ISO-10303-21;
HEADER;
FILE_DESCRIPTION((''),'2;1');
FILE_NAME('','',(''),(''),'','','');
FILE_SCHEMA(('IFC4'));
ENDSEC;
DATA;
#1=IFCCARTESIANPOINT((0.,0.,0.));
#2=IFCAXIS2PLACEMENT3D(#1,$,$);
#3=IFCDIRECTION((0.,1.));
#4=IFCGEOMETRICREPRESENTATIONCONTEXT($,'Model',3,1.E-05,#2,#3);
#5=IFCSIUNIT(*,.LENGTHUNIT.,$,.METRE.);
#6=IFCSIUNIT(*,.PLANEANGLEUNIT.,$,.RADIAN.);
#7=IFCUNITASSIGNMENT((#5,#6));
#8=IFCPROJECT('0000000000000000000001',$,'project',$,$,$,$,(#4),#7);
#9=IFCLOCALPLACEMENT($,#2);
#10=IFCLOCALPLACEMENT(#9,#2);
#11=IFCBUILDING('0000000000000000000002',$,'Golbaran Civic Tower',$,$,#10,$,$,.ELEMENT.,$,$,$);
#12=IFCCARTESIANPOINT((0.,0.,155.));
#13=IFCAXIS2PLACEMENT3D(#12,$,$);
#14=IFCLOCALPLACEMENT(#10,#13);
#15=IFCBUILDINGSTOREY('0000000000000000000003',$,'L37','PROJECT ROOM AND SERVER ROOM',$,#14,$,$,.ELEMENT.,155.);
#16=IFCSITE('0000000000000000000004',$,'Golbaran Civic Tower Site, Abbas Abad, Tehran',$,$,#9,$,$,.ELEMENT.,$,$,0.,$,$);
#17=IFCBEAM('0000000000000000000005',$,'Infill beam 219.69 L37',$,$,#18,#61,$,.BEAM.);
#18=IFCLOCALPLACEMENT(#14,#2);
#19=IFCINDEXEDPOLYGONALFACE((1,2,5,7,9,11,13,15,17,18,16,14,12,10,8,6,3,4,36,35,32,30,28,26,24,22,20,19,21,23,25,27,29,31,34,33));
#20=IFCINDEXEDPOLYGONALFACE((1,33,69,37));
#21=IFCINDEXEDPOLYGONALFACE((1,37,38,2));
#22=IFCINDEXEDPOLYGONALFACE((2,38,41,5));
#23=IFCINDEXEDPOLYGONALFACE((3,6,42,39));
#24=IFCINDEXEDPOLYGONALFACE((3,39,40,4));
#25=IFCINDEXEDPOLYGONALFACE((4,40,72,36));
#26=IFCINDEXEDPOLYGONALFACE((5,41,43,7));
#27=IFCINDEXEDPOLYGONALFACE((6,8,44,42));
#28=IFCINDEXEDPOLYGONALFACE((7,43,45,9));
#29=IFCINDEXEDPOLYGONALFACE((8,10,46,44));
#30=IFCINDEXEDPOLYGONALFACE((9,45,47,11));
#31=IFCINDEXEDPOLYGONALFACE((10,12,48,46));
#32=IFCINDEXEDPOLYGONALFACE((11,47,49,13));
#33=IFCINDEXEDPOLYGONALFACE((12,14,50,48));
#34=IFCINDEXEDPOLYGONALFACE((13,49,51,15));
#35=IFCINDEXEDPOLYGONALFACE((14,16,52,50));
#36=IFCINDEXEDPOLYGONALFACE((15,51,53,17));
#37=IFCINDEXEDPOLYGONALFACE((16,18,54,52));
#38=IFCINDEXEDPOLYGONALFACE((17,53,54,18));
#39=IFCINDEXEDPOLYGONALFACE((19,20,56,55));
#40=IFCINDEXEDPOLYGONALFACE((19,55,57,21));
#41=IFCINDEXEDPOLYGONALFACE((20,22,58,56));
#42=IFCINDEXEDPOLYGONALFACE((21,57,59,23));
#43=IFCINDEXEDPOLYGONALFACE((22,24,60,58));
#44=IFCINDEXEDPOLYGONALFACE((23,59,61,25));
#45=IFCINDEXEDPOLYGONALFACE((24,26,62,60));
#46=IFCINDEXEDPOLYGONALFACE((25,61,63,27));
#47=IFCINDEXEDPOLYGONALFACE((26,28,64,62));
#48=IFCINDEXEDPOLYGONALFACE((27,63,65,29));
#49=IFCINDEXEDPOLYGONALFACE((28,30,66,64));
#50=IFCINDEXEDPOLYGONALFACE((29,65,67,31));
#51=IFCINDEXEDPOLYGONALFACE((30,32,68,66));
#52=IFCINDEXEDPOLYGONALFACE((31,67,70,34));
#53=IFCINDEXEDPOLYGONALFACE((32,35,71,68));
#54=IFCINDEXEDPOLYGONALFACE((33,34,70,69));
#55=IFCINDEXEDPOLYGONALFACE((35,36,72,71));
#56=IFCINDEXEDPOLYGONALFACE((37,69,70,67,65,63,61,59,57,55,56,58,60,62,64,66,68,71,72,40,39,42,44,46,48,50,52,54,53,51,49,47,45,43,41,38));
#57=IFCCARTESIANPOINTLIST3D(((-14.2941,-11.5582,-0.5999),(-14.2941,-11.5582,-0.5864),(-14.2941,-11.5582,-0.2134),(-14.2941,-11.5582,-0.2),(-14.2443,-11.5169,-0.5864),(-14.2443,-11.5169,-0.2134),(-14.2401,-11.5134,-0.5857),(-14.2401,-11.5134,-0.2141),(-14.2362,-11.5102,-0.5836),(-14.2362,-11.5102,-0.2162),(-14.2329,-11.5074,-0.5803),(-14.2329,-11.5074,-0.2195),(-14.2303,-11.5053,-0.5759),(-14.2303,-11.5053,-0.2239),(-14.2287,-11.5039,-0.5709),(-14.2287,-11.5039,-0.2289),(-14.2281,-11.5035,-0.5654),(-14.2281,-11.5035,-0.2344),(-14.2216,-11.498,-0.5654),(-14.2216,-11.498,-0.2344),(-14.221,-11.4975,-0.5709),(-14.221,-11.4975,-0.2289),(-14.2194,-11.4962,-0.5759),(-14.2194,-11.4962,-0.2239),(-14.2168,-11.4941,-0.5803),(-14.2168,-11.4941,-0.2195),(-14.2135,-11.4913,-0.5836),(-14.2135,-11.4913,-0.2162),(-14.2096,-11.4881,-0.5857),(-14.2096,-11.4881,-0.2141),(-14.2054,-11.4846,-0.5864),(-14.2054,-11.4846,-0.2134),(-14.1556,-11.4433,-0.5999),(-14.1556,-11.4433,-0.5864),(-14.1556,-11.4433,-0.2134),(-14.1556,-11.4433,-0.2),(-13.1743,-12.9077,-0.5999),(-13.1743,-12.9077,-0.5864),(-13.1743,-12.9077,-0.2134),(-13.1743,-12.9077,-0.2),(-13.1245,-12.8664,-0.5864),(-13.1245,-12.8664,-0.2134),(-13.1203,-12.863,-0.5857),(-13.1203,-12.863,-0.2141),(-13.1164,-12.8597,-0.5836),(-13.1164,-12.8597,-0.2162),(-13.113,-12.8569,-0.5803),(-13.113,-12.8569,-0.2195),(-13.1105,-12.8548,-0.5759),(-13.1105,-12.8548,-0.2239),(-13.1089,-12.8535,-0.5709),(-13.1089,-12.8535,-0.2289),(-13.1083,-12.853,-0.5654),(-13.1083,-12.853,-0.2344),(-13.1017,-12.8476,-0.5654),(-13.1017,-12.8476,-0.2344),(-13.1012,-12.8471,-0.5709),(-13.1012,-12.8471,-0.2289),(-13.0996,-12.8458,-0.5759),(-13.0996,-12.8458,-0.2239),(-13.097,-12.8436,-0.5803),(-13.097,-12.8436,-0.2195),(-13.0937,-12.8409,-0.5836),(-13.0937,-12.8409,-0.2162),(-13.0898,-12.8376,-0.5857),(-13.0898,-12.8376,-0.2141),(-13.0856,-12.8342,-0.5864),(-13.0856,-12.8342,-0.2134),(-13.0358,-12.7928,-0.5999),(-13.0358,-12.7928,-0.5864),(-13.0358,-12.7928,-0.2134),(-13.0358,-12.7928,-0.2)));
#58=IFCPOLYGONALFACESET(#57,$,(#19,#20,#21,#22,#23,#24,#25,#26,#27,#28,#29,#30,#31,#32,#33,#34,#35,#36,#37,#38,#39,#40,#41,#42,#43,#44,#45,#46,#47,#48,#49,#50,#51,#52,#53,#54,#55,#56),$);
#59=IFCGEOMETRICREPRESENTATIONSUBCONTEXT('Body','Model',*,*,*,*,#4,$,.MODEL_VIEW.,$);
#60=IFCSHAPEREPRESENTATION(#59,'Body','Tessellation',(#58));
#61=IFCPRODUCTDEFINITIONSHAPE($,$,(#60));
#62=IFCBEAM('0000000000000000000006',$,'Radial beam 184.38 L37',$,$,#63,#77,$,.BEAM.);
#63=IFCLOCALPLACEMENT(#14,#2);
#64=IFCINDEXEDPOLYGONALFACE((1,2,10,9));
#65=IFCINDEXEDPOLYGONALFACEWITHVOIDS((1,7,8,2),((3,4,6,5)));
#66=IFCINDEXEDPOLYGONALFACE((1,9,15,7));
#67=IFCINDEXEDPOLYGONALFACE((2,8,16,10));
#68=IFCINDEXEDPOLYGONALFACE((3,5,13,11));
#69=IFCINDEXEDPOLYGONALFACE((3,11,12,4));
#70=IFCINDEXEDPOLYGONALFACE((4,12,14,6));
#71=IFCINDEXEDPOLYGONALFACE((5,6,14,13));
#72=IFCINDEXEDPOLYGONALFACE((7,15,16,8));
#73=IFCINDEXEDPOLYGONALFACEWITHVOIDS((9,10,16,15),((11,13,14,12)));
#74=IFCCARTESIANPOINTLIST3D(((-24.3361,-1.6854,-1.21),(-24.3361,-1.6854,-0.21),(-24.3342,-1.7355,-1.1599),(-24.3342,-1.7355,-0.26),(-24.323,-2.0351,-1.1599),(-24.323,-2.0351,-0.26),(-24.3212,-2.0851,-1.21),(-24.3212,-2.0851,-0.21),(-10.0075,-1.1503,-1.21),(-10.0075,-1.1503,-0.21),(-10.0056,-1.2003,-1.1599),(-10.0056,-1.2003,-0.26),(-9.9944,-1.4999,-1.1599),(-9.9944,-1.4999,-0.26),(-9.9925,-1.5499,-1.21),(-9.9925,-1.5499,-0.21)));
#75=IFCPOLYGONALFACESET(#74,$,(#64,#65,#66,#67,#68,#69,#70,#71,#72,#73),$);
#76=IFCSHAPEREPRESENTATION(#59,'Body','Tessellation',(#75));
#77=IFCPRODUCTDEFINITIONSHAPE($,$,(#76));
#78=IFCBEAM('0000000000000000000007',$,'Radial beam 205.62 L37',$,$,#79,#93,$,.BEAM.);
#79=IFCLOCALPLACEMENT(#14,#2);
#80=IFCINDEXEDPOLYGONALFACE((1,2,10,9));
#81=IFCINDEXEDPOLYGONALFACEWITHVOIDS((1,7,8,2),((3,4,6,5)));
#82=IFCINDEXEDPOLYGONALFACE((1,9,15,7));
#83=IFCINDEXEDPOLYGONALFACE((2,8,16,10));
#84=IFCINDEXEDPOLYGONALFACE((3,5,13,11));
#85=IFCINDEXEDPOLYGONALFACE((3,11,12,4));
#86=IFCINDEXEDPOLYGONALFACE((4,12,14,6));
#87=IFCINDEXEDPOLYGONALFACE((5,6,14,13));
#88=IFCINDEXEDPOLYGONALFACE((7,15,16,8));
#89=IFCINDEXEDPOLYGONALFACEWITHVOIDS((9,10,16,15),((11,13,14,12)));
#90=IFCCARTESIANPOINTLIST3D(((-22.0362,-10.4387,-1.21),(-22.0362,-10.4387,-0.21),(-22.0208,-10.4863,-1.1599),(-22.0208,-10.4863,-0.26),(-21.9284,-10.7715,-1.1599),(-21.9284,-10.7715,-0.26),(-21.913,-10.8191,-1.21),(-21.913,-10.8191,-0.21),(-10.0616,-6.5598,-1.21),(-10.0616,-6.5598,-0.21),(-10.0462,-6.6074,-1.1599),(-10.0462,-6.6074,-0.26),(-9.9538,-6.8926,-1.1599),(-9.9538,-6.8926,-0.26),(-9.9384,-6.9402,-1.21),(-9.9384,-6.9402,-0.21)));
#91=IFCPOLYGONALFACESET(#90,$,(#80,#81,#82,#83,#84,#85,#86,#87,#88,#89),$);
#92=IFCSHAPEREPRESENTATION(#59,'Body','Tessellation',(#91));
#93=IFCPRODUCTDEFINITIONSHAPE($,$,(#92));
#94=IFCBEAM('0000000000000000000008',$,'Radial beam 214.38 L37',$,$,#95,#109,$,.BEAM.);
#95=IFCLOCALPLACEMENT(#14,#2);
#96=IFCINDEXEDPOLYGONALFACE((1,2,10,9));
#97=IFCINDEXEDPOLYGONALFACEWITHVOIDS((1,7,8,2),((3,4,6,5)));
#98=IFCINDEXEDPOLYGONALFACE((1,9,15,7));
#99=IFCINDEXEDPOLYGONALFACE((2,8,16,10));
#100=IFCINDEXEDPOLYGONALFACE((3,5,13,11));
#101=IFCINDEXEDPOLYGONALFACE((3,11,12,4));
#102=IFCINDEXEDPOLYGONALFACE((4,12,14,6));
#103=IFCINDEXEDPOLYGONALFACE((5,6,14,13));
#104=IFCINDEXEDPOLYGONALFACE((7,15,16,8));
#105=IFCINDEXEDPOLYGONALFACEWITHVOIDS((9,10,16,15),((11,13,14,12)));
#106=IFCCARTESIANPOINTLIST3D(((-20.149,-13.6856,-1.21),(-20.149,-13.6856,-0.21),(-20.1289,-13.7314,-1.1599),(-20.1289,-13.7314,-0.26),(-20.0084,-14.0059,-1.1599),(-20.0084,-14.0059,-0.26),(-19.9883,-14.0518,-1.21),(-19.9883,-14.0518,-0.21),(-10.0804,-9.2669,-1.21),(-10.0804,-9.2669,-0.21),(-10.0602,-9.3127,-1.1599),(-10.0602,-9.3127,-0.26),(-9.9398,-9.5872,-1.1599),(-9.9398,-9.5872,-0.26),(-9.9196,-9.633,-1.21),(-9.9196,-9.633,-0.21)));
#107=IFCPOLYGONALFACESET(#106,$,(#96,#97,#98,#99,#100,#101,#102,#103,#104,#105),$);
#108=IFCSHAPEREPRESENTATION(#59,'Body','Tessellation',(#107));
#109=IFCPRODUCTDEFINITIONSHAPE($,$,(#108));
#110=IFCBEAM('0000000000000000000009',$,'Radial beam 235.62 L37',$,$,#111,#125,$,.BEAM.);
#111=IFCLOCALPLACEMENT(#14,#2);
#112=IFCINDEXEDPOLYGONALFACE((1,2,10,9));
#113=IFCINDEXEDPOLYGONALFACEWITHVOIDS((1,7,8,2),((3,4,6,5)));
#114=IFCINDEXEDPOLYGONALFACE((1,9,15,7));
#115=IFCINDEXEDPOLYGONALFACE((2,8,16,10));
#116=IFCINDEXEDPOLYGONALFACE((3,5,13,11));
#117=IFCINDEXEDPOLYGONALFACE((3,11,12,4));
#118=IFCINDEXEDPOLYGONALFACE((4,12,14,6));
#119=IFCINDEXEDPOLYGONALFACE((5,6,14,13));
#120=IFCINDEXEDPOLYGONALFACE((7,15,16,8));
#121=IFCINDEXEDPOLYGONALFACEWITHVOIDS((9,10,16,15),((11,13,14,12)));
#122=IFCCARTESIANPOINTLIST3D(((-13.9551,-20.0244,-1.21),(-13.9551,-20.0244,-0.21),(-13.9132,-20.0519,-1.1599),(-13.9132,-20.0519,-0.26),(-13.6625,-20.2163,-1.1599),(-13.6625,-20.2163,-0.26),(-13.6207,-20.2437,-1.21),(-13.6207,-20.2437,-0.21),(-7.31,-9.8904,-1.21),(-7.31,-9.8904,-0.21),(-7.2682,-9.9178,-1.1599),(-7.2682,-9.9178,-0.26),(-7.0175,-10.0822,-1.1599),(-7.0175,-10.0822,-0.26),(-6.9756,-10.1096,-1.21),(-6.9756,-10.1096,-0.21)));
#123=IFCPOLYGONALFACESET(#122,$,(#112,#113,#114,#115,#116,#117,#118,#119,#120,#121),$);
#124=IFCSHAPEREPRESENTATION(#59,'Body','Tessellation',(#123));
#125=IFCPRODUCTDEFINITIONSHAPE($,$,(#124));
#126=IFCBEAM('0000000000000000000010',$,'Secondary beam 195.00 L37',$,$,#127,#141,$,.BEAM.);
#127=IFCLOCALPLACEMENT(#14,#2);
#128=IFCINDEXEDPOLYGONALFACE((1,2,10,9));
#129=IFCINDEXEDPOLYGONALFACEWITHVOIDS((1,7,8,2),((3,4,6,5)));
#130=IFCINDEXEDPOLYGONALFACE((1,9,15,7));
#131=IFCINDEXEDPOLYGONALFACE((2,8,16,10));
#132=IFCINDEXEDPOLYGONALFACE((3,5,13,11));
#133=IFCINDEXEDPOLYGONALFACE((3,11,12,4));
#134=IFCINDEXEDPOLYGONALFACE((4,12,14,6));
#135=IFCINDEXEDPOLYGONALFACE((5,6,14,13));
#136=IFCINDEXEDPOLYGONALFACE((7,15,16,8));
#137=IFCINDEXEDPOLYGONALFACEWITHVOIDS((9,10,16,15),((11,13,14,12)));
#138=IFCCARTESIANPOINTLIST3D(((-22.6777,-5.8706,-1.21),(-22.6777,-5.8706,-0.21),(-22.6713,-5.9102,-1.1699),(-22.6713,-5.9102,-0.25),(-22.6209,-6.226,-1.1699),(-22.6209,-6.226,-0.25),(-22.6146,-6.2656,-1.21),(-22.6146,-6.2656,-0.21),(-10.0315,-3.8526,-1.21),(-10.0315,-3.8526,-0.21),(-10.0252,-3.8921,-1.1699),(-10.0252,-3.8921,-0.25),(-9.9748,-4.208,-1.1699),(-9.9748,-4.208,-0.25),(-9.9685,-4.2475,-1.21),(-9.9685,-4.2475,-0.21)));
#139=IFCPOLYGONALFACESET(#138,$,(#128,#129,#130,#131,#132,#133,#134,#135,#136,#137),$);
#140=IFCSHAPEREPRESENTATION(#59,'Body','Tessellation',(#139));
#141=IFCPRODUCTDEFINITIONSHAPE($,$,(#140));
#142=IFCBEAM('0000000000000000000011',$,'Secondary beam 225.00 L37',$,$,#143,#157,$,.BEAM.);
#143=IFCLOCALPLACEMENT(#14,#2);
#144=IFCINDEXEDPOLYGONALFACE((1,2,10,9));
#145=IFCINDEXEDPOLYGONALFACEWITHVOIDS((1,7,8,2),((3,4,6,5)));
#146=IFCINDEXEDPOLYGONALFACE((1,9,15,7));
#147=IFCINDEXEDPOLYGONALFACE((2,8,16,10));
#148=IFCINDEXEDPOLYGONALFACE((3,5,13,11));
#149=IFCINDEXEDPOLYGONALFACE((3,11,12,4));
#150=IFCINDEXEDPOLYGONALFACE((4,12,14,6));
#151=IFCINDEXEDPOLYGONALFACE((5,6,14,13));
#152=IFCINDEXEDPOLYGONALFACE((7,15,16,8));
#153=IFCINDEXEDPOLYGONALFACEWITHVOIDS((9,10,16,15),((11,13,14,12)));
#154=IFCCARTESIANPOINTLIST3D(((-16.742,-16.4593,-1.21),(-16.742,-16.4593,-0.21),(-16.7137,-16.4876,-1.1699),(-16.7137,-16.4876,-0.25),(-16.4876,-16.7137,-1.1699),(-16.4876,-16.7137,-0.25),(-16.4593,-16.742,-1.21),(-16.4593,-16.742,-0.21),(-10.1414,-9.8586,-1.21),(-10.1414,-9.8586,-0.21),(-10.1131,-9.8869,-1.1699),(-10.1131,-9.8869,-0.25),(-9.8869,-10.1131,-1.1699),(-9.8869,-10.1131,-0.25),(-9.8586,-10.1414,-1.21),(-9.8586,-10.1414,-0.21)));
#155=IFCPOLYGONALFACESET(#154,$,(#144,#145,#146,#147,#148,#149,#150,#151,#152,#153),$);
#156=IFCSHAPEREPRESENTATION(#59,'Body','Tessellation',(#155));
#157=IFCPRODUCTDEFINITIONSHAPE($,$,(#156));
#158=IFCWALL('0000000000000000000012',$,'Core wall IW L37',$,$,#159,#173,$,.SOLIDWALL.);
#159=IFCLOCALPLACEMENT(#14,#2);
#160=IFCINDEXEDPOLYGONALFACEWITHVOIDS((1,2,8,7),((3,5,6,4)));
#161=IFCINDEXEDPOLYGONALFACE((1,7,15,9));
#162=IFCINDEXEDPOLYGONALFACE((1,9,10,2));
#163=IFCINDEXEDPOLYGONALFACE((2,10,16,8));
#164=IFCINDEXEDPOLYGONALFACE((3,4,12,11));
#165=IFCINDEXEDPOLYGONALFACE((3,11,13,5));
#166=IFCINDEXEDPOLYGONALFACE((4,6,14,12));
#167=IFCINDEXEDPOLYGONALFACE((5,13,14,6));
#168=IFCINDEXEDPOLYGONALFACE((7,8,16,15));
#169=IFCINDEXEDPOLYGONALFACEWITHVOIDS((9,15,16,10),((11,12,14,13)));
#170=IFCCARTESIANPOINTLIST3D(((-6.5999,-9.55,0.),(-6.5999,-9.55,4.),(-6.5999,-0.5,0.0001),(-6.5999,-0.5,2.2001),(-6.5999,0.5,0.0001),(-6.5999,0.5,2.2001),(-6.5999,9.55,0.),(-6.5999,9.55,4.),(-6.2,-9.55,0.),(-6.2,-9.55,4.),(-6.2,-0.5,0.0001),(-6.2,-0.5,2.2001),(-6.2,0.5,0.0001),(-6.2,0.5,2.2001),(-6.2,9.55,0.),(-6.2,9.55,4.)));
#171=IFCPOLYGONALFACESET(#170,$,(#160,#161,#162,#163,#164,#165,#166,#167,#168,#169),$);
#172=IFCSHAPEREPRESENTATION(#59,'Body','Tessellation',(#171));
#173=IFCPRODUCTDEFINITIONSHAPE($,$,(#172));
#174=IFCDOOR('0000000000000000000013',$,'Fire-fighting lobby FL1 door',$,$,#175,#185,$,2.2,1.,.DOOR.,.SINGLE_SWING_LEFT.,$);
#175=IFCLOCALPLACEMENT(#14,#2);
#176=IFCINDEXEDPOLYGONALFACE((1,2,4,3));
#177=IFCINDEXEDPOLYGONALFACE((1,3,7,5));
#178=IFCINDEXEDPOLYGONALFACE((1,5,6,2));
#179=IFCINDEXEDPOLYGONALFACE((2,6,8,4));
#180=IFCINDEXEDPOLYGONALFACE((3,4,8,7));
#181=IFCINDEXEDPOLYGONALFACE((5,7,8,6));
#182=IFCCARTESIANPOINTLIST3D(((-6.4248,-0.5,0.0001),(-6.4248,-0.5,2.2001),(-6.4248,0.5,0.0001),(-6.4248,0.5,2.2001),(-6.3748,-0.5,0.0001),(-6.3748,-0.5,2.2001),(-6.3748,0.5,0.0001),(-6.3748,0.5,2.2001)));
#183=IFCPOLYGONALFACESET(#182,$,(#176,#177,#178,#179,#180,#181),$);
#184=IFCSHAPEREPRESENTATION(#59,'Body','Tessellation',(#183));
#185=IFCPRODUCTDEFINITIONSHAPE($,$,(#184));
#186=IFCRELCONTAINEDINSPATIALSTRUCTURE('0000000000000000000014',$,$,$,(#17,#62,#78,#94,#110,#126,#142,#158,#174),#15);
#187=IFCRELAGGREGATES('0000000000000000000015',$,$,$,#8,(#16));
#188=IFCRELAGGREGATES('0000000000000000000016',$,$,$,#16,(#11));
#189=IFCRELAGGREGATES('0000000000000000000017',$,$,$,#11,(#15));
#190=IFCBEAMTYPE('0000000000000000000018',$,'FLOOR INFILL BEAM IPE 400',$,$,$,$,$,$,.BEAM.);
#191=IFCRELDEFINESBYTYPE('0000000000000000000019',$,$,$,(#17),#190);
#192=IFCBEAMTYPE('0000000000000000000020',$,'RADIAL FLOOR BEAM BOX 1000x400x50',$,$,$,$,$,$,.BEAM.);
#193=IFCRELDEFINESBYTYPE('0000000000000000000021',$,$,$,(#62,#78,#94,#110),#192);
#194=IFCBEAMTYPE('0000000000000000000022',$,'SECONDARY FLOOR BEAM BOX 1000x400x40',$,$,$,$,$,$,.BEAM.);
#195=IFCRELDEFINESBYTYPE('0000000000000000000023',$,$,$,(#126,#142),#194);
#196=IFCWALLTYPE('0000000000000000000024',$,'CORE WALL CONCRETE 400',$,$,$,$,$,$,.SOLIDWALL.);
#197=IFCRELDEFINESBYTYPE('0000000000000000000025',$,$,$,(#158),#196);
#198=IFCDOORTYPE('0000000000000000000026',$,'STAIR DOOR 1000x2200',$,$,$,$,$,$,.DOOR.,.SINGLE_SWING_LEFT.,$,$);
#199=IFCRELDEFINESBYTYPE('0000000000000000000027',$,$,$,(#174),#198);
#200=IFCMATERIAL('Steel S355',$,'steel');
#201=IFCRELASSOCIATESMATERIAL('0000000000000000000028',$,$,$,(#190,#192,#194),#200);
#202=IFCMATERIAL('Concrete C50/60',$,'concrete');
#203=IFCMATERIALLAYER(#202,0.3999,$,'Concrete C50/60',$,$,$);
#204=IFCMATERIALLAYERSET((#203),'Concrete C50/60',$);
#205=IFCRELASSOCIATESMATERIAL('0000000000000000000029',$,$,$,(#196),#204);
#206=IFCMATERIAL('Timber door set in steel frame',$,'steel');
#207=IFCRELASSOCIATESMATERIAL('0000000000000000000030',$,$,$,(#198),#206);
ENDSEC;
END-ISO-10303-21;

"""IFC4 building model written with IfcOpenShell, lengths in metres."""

from ifc_helpers import new_model, si_unit, direction, frame, frame_2d, origin, origin_2d, place, context, subcontext, project, spatial, rectangle, hollow_rectangle, i_section, extrude, material, layer, layer_set, material_profile, profile_set, type_object, element, fill, save


model = new_model("IFC4")

# Units and contexts
model_context = context("Model", 3, precision=1e-05, world=origin(), true_north=direction((0.0, 1.0)))
body_context = subcontext(model_context, "Body", "Model", "MODEL_VIEW")
ifc_project = project(units=[si_unit("LENGTHUNIT", "METRE"), si_unit("PLANEANGLEUNIT", "RADIAN")], contexts=[model_context])

# Site, building, storey
site_placement = place(None, origin())
site = spatial("IfcSite", under=ifc_project, at=site_placement, Name="Golbaran Civic Tower Site, Abbas Abad, Tehran", CompositionType="ELEMENT", RefElevation=0.0)
building_placement = place(site_placement, origin())
building = spatial("IfcBuilding", under=site, at=building_placement, Name="Golbaran Civic Tower", CompositionType="ELEMENT")
storey_placement = place(building_placement, frame((0.0, 0.0, 155.0)))
storey = spatial("IfcBuildingStorey", under=building, at=storey_placement, Name="L37", Description="PROJECT ROOM AND SERVER ROOM", CompositionType="ELEMENT", Elevation=155.0)

# Beams
ifc_material_1 = material(Name="Steel S355", Category="steel")
ifc_material_profile_1 = material_profile(ifc_material_1, i_section(OverallWidth=0.1799, OverallDepth=0.3999, WebThickness=0.0085, FlangeThickness=0.0134, FilletRadius=0.021, at=origin_2d()), Name="IPE 400")
ifc_profile_set_1 = profile_set([ifc_material_profile_1], Name="Steel S355")
beam_type_1 = type_object("IfcBeamType", Name="FLOOR INFILL BEAM IPE 400", PredefinedType="BEAM", material=ifc_profile_set_1)
beam_1_placement = place(storey_placement, frame((-14.2249, -11.5007, -0.3999), z_axis=(0.638567, -0.769566, 0.0), x_axis=(0.769566, 0.638567, 0.0)))
element("IfcBeam", 1, at=beam_1_placement, inside=storey, type_object=beam_type_1, Name="Infill beam 219.69 L37", PredefinedType="BEAM", context=body_context, shape_type="SweptSolid", body=[
    extrude(i_section(OverallWidth=0.1799, OverallDepth=0.3999, WebThickness=0.0085, FlangeThickness=0.0134, FilletRadius=0.021, at=origin_2d()), origin(), (0.0, 0.0, 1.0), 1.7537),
])
ifc_material_profile_2 = material_profile(ifc_material_1, hollow_rectangle(XDim=0.3999, YDim=1.0, WallThickness=0.05, at=origin_2d()), Name="BOX 1000x400x50")
ifc_profile_set_2 = profile_set([ifc_material_profile_2], Name="Steel S355")
beam_type_2 = type_object("IfcBeamType", Name="RADIAL FLOOR BEAM BOX 1000x400x50", PredefinedType="BEAM", material=ifc_profile_set_2)
beam_2_placement = place(storey_placement, frame((-10.0, -1.3501, -0.71), z_axis=(-0.999303, -0.037323, 0.0), x_axis=(0.037323, -0.999303, 0.0)))
element("IfcBeam", 2, at=beam_2_placement, inside=storey, type_object=beam_type_2, Name="Radial beam 184.38 L37", PredefinedType="BEAM", context=body_context, shape_type="SweptSolid", body=[
    extrude(hollow_rectangle(XDim=0.3999, YDim=1.0, WallThickness=0.05, at=origin_2d()), origin(), (0.0, 0.0, 1.0), 14.3386),
])
beam_3_placement = place(storey_placement, frame((-10.0, -6.75, -0.71), z_axis=(-0.951334, -0.308163, 0.0), x_axis=(0.308163, -0.951334, 0.0)))
element("IfcBeam", 3, at=beam_3_placement, inside=storey, type_object=beam_type_2, Name="Radial beam 205.62 L37", PredefinedType="BEAM", context=body_context, shape_type="SweptSolid", body=[
    extrude(hollow_rectangle(XDim=0.3999, YDim=1.0, WallThickness=0.05, at=origin_2d()), origin(), (0.0, 0.0, 1.0), 12.5872),
])
beam_4_placement = place(storey_placement, frame((-10.0, -9.45, -0.71), z_axis=(-0.9157, -0.401863, 0.0), x_axis=(0.401863, -0.9157, 0.0)))
element("IfcBeam", 4, at=beam_4_placement, inside=storey, type_object=beam_type_2, Name="Radial beam 214.38 L37", PredefinedType="BEAM", context=body_context, shape_type="SweptSolid", body=[
    extrude(hollow_rectangle(XDim=0.3999, YDim=1.0, WallThickness=0.05, at=origin_2d()), origin(), (0.0, 0.0, 1.0), 10.9956),
])
beam_5_placement = place(storey_placement, frame((-7.1428, -10.0, -0.71), z_axis=(-0.548343, -0.836254, 0.0), x_axis=(0.836254, -0.548343, 0.0)))
element("IfcBeam", 5, at=beam_5_placement, inside=storey, type_object=beam_type_2, Name="Radial beam 235.62 L37", PredefinedType="BEAM", context=body_context, shape_type="SweptSolid", body=[
    extrude(hollow_rectangle(XDim=0.3999, YDim=1.0, WallThickness=0.05, at=origin_2d()), origin(), (0.0, 0.0, 1.0), 12.1184),
])
ifc_material_profile_3 = material_profile(ifc_material_1, hollow_rectangle(XDim=0.3999, YDim=1.0, WallThickness=0.04, at=origin_2d()), Name="BOX 1000x400x40")
ifc_profile_set_3 = profile_set([ifc_material_profile_3], Name="Steel S355")
beam_type_3 = type_object("IfcBeamType", Name="SECONDARY FLOOR BEAM BOX 1000x400x40", PredefinedType="BEAM", material=ifc_profile_set_3)
beam_6_placement = place(storey_placement, frame((-10.0, -4.05, -0.71), z_axis=(-0.987506, -0.157585, 0.0), x_axis=(0.157585, -0.987506, 0.0)))
element("IfcBeam", 6, at=beam_6_placement, inside=storey, type_object=beam_type_3, Name="Secondary beam 195.00 L37", PredefinedType="BEAM", context=body_context, shape_type="SweptSolid", body=[
    extrude(hollow_rectangle(XDim=0.3999, YDim=1.0, WallThickness=0.04, at=origin_2d()), origin(), (0.0, 0.0, 1.0), 12.8062),
])
beam_7_placement = place(storey_placement, frame((-10.0, -10.0, -0.71), z_axis=(-0.707107, -0.707107, 0.0), x_axis=(0.707107, -0.707107, 0.0)))
element("IfcBeam", 7, at=beam_7_placement, inside=storey, type_object=beam_type_3, Name="Secondary beam 225.00 L37", PredefinedType="BEAM", context=body_context, shape_type="SweptSolid", body=[
    extrude(hollow_rectangle(XDim=0.3999, YDim=1.0, WallThickness=0.04, at=origin_2d()), origin(), (0.0, 0.0, 1.0), 9.3347),
])

# Wall, opening, door
ifc_material_2 = material(Name="Concrete C50/60", Category="concrete")
ifc_layer_1 = layer(ifc_material_2, 0.3999, Name="Concrete C50/60")
ifc_layer_set_1 = layer_set([ifc_layer_1], Name="Concrete C50/60")
wall_type_1 = type_object("IfcWallType", Name="CORE WALL CONCRETE 400", PredefinedType="SOLIDWALL", material=ifc_layer_set_1)
wall_1_placement = place(storey_placement, frame((-6.3999, -9.55, 0.0), z_axis=(0.0, 0.0, 1.0), x_axis=(0.0, 1.0, 0.0)))
wall_1 = element("IfcWall", 8, at=wall_1_placement, inside=storey, type_object=wall_type_1, Name="Core wall IW L37", PredefinedType="SOLIDWALL", context=body_context, shape_type="SweptSolid", body=[
    extrude(rectangle(XDim=19.1001, YDim=0.3999, at=frame_2d((9.55, 0.0))), origin(), (0.0, 0.0, 1.0), 4.0),
])
opening_1_placement = place(wall_1_placement, frame((9.05, 0.0, 0.0)))
opening_1 = element("IfcOpeningElement", 9, at=opening_1_placement, cuts=wall_1, PredefinedType="OPENING", context=body_context, shape_type="SweptSolid", body=[
    extrude(rectangle(XDim=1.0, YDim=2.2, at=frame_2d((0.5, 1.1001))), frame((0.0, 0.21, 0.0), z_axis=(0.0, -1.0, 0.0), x_axis=(1.0, 0.0, 0.0)), (0.0, 0.0, 1.0), 0.4199),
])
ifc_material_3 = material(Name="Timber door set in steel frame", Category="steel")
door_type_1 = type_object("IfcDoorType", Name="STAIR DOOR 1000x2200", OperationType="SINGLE_SWING_LEFT", PredefinedType="DOOR", material=ifc_material_3)
door_1_placement = place(opening_1_placement, origin())
door_1 = element("IfcDoor", 10, at=door_1_placement, inside=storey, type_object=door_type_1, Name="Fire-fighting lobby FL1 door", OperationType="SINGLE_SWING_LEFT", OverallHeight=2.2, OverallWidth=1.0, PredefinedType="DOOR", context=body_context, shape_type="SweptSolid", body=[
    extrude(rectangle(XDim=1.0, YDim=2.2, at=frame_2d((0.5, 1.1001))), frame((0.0, 0.0249, 0.0), z_axis=(0.0, -1.0, 0.0), x_axis=(1.0, 0.0, 0.0)), (0.0, 0.0, 1.0), 0.05),
])
fill(opening_1, door_1)

save(model, "model.ifc")
